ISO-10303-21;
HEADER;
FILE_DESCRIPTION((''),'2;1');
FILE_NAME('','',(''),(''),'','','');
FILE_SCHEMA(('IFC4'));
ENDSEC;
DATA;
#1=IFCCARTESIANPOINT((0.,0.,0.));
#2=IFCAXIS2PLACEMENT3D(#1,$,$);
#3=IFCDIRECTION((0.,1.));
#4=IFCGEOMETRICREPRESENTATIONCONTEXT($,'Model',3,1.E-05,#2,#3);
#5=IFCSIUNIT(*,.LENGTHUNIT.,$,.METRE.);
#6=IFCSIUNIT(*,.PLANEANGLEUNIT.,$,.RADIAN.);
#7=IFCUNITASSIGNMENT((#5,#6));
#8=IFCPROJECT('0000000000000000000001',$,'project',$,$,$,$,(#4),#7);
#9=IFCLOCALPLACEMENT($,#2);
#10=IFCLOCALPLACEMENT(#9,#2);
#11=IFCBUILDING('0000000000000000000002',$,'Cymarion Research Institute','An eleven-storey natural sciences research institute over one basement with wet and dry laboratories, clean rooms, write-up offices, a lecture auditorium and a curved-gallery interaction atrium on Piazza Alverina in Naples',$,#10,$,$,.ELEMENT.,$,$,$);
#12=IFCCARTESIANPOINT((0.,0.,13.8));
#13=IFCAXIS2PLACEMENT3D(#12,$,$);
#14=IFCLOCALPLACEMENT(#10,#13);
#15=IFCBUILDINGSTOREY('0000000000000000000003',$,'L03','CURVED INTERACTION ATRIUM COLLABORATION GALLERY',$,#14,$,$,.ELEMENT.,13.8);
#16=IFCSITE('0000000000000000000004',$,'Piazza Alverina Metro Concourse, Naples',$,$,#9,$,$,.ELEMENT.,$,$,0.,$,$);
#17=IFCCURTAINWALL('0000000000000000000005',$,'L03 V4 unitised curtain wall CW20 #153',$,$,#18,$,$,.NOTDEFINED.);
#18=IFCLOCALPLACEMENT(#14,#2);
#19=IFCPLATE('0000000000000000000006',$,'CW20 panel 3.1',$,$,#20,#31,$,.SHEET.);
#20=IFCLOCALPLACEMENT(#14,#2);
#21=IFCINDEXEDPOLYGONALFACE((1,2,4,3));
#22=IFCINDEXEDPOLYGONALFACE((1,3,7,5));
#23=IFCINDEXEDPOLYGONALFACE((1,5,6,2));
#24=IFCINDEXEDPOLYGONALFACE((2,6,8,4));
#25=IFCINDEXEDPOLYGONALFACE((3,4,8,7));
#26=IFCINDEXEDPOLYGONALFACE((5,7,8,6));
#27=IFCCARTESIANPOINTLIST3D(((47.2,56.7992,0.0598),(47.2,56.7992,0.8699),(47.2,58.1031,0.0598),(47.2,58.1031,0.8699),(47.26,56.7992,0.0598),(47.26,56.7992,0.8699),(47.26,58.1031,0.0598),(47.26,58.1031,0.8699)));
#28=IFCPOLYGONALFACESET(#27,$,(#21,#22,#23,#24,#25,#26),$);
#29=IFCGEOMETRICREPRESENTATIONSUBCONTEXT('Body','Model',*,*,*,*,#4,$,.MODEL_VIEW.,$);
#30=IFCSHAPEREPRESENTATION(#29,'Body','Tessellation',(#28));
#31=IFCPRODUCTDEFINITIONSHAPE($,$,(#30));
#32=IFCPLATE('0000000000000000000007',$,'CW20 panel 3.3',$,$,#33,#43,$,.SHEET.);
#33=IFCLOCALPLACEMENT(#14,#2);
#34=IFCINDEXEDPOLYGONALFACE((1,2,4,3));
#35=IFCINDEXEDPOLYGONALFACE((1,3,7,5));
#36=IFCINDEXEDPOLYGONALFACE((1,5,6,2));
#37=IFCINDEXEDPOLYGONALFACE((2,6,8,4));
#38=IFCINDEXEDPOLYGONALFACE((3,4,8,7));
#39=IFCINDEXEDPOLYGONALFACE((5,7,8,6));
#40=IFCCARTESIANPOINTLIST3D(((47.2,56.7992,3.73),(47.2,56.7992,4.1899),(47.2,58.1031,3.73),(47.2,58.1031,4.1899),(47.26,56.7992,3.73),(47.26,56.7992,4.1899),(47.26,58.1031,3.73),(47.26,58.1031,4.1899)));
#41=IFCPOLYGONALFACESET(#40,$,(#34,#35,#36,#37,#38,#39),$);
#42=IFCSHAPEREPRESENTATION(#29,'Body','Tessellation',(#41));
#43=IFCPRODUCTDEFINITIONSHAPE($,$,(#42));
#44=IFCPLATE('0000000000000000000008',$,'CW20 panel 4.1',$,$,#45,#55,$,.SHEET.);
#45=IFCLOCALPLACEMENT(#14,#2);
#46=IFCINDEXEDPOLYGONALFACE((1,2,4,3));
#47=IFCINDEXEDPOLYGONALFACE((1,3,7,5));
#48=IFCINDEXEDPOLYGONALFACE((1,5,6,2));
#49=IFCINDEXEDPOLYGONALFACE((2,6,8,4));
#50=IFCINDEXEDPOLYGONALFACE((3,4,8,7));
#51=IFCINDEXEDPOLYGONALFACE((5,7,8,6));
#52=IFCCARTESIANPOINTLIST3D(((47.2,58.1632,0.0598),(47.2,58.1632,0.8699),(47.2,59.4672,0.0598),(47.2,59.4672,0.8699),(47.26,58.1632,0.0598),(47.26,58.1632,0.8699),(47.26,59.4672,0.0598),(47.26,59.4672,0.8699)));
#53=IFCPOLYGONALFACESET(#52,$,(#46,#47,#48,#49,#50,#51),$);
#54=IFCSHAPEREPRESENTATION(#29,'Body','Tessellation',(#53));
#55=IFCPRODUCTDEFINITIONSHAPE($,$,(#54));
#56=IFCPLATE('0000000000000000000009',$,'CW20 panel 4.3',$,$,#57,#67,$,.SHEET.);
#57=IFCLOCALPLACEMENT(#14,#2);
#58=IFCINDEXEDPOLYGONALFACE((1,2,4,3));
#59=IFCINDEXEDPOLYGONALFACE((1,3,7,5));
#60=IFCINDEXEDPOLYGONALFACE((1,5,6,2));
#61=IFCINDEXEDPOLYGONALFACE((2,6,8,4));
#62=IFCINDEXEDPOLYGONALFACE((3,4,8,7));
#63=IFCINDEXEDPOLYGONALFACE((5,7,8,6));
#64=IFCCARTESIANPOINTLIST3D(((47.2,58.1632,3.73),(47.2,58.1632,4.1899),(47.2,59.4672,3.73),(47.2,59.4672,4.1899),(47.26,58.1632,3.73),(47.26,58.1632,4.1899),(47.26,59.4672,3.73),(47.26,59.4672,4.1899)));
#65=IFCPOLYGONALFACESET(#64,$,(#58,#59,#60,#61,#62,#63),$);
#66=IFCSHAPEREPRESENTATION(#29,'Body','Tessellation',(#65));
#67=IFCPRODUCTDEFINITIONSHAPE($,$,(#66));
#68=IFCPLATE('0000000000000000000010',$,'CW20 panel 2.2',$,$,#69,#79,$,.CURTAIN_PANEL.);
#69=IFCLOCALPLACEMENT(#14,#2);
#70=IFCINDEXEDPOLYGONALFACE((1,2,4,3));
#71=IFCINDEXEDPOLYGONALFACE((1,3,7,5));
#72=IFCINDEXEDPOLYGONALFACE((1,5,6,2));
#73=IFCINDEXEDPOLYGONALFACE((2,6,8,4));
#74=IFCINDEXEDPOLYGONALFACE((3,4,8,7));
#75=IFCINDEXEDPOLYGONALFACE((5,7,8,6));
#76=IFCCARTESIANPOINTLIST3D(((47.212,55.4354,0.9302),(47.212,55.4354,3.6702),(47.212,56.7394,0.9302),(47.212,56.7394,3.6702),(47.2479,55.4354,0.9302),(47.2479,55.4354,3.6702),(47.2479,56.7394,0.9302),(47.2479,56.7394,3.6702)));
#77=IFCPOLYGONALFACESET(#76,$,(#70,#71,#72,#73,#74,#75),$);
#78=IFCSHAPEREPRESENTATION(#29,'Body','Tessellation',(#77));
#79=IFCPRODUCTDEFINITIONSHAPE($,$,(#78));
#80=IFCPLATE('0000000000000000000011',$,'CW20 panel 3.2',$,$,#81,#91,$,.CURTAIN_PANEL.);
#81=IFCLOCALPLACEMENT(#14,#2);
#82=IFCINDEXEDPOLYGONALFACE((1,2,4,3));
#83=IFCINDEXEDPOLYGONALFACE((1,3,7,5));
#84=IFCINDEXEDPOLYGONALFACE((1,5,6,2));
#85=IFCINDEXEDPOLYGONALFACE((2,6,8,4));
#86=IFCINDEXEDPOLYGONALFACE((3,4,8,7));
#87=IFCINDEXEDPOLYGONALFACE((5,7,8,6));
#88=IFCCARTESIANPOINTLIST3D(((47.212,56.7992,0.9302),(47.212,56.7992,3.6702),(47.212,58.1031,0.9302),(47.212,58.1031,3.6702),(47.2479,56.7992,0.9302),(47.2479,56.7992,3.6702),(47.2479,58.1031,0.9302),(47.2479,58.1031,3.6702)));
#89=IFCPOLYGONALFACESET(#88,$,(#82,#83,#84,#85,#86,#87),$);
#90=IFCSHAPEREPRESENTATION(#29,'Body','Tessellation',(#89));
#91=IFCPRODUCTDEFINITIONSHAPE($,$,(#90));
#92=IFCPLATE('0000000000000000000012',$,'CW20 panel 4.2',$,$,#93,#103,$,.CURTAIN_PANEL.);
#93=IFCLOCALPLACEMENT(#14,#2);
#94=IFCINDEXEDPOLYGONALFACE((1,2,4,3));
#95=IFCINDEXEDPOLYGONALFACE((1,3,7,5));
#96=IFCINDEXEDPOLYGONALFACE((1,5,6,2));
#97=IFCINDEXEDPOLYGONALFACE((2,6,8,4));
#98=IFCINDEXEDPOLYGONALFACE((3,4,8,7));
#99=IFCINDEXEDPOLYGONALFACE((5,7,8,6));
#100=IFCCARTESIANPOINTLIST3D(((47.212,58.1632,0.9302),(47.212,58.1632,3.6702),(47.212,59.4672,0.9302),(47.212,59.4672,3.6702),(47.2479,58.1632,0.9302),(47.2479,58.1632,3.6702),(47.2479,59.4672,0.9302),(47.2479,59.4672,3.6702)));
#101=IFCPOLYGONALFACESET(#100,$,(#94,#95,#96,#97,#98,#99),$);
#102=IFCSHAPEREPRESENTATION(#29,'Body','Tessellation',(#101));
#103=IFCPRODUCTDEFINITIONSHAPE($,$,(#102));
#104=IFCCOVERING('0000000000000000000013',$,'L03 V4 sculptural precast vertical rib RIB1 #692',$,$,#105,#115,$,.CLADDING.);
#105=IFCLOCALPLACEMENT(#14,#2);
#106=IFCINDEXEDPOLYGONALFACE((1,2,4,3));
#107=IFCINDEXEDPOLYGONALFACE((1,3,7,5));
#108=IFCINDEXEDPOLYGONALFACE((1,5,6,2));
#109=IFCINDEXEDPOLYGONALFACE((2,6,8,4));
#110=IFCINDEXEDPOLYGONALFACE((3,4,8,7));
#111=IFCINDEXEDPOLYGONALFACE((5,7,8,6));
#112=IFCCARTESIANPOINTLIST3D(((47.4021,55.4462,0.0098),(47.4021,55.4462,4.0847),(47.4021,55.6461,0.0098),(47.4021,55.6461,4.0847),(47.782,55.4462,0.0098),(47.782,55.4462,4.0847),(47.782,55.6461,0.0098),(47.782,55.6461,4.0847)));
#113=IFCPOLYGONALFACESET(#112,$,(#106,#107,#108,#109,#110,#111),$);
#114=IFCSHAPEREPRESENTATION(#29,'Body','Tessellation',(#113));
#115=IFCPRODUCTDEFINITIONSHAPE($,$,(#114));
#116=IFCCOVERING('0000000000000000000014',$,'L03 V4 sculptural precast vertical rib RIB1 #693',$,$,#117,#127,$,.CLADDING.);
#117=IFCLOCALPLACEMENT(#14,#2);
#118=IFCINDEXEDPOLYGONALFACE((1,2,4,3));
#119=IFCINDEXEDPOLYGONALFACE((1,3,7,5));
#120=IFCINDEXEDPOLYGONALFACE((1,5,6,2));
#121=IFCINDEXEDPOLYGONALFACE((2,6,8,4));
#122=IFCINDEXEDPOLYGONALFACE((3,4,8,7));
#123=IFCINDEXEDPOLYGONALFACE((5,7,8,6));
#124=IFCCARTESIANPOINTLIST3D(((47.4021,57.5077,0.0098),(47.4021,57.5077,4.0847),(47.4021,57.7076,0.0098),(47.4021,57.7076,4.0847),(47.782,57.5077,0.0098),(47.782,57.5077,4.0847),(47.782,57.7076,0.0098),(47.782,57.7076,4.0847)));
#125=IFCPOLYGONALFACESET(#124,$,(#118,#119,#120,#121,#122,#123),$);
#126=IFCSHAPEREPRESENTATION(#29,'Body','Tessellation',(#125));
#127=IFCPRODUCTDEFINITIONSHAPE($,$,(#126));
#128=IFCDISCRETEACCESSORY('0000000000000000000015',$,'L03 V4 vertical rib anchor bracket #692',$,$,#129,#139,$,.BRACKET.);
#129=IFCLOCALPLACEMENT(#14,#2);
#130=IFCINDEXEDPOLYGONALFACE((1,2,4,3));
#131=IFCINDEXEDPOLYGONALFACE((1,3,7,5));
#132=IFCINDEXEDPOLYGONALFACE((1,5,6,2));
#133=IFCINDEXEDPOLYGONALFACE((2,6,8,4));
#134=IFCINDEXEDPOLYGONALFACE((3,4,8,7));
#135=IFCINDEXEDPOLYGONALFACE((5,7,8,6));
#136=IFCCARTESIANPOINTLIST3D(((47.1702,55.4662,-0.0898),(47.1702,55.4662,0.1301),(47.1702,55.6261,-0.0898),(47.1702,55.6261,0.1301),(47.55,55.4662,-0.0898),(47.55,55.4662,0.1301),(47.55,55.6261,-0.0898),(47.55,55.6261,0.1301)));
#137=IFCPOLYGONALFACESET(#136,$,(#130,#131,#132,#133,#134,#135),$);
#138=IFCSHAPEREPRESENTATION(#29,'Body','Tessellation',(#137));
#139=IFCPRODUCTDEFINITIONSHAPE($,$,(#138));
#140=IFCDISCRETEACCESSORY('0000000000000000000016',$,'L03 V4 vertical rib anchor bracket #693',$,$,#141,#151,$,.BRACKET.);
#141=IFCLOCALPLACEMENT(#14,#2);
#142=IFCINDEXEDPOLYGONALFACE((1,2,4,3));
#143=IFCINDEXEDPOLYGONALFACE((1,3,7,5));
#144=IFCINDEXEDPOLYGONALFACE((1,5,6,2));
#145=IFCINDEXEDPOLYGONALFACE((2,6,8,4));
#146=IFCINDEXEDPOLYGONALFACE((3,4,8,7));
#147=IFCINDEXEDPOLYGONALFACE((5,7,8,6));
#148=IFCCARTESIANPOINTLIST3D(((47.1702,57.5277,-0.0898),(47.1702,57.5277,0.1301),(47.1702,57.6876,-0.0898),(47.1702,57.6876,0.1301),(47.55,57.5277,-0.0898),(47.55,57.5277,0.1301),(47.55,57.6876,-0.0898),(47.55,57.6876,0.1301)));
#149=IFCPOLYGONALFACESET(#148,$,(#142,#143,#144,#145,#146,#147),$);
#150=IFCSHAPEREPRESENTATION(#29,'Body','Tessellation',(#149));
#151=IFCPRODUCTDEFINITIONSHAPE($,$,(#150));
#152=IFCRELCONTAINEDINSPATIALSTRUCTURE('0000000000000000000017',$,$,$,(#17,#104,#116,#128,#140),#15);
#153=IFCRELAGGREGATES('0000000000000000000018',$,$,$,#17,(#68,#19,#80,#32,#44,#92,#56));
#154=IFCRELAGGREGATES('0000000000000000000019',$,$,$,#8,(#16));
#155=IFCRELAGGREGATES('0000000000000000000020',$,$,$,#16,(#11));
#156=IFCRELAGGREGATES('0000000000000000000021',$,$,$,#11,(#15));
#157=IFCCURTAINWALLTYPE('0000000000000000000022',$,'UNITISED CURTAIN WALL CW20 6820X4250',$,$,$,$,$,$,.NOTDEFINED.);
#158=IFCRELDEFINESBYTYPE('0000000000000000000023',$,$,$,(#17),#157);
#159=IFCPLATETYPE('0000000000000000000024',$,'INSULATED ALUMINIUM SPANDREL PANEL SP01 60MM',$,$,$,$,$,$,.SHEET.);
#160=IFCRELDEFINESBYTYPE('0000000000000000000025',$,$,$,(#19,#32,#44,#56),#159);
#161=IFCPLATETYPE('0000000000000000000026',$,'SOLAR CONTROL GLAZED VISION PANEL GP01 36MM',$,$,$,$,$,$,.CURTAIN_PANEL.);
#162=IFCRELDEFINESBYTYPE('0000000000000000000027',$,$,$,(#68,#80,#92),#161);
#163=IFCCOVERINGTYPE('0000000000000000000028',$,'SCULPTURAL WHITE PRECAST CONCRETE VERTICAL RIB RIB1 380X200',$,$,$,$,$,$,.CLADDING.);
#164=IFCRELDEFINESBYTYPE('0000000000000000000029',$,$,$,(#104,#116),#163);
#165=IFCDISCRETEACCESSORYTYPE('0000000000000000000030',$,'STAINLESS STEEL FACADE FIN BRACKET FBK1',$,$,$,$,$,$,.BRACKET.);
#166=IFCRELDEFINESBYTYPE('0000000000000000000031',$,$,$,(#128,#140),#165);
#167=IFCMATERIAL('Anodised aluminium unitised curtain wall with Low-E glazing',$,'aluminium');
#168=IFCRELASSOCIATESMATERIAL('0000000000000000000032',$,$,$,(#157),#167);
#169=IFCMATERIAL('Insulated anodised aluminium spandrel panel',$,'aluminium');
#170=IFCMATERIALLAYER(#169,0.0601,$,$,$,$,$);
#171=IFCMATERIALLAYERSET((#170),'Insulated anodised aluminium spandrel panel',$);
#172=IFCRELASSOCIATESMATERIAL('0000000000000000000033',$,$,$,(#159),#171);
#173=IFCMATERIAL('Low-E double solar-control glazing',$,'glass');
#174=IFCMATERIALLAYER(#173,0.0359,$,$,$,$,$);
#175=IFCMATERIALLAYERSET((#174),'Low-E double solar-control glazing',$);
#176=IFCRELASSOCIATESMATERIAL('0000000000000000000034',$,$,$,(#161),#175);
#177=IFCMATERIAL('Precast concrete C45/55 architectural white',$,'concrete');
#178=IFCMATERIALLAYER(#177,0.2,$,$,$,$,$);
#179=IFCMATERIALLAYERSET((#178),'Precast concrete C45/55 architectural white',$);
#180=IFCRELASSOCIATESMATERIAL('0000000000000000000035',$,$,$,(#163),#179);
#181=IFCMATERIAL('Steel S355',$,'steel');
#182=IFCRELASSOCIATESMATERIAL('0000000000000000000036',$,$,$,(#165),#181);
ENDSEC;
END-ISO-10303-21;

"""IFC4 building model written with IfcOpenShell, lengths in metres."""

from ifc_helpers import new_model, si_unit, direction, frame, origin, origin_2d, place, context, subcontext, project, spatial, rectangle, extrude, material, layer, layer_set, type_object, element, aggregate, save


model = new_model("IFC4")

# Units and contexts
model_context = context("Model", 3, precision=1e-05, world=origin(), true_north=direction((0.0, 1.0)))
body_context = subcontext(model_context, "Body", "Model", "MODEL_VIEW")
ifc_project = project(units=[si_unit("LENGTHUNIT", "METRE"), si_unit("PLANEANGLEUNIT", "RADIAN")], contexts=[model_context])

# Site, building, storey
site_placement = place(None, origin())
site = spatial("IfcSite", under=ifc_project, at=site_placement, Name="Piazza Alverina Metro Concourse, Naples", CompositionType="ELEMENT", RefElevation=0.0)
building_placement = place(site_placement, origin())
building = spatial("IfcBuilding", under=site, at=building_placement, Name="Cymarion Research Institute", Description="An eleven-storey natural sciences research institute over one basement with wet and dry laboratories, clean rooms, write-up offices, a lecture auditorium and a curved-gallery interaction atrium on Piazza Alverina in Naples", CompositionType="ELEMENT")
storey_placement = place(building_placement, frame((0.0, 0.0, 13.8)))
storey = spatial("IfcBuildingStorey", under=building, at=storey_placement, Name="L03", Description="CURVED INTERACTION ATRIUM COLLABORATION GALLERY", CompositionType="ELEMENT", Elevation=13.8)

# Curtain wall, plates
ifc_material_1 = material(Name="Anodised aluminium unitised curtain wall with Low-E glazing", Category="aluminium")
curtain_wall_type = type_object("IfcCurtainWallType", Name="UNITISED CURTAIN WALL CW20 6820X4250", PredefinedType="NOTDEFINED", material=ifc_material_1)
curtain_wall_placement = place(storey_placement, origin())
curtain_wall = element("IfcCurtainWall", 1, at=curtain_wall_placement, inside=storey, type_object=curtain_wall_type, Name="L03 V4 unitised curtain wall CW20 #153", PredefinedType="NOTDEFINED")
ifc_material_2 = material(Name="Insulated anodised aluminium spandrel panel", Category="aluminium")
ifc_layer_1 = layer(ifc_material_2, 0.0601)
ifc_layer_set_1 = layer_set([ifc_layer_1], Name="Insulated anodised aluminium spandrel panel")
plate_type_1 = type_object("IfcPlateType", Name="INSULATED ALUMINIUM SPANDREL PANEL SP01 60MM", PredefinedType="SHEET", material=ifc_layer_set_1)
plate_1_placement = place(storey_placement, frame((47.23, 57.4512, 0.0598), z_axis=(0.0, 0.0, 1.0), x_axis=(0.0, 1.0, 0.0)))
plate_1 = element("IfcPlate", 2, at=plate_1_placement, type_object=plate_type_1, Name="CW20 panel 3.1", PredefinedType="SHEET", context=body_context, shape_type="SweptSolid", body=[
    extrude(rectangle(XDim=1.304, YDim=0.0601, at=origin_2d()), origin(), (0.0, 0.0, 1.0), 0.8101),
])
plate_2_placement = place(storey_placement, frame((47.23, 57.4512, 3.73), z_axis=(0.0, 0.0, 1.0), x_axis=(0.0, 1.0, 0.0)))
plate_2 = element("IfcPlate", 3, at=plate_2_placement, type_object=plate_type_1, Name="CW20 panel 3.3", PredefinedType="SHEET", context=body_context, shape_type="SweptSolid", body=[
    extrude(rectangle(XDim=1.304, YDim=0.0601, at=origin_2d()), origin(), (0.0, 0.0, 1.0), 0.46),
])
plate_3_placement = place(storey_placement, frame((47.23, 58.8152, 0.0598), z_axis=(0.0, 0.0, 1.0), x_axis=(0.0, 1.0, 0.0)))
plate_3 = element("IfcPlate", 4, at=plate_3_placement, type_object=plate_type_1, Name="CW20 panel 4.1", PredefinedType="SHEET", context=body_context, shape_type="SweptSolid", body=[
    extrude(rectangle(XDim=1.304, YDim=0.0601, at=origin_2d()), origin(), (0.0, 0.0, 1.0), 0.8101),
])
plate_4_placement = place(storey_placement, frame((47.23, 58.8152, 3.73), z_axis=(0.0, 0.0, 1.0), x_axis=(0.0, 1.0, 0.0)))
plate_4 = element("IfcPlate", 5, at=plate_4_placement, type_object=plate_type_1, Name="CW20 panel 4.3", PredefinedType="SHEET", context=body_context, shape_type="SweptSolid", body=[
    extrude(rectangle(XDim=1.304, YDim=0.0601, at=origin_2d()), origin(), (0.0, 0.0, 1.0), 0.46),
])
ifc_material_3 = material(Name="Low-E double solar-control glazing", Category="glass")
ifc_layer_2 = layer(ifc_material_3, 0.0359)
ifc_layer_set_2 = layer_set([ifc_layer_2], Name="Low-E double solar-control glazing")
plate_type_2 = type_object("IfcPlateType", Name="SOLAR CONTROL GLAZED VISION PANEL GP01 36MM", PredefinedType="CURTAIN_PANEL", material=ifc_layer_set_2)
plate_5_placement = place(storey_placement, frame((47.23, 56.0874, 0.9302), z_axis=(0.0, 0.0, 1.0), x_axis=(0.0, 1.0, 0.0)))
plate_5 = element("IfcPlate", 6, at=plate_5_placement, type_object=plate_type_2, Name="CW20 panel 2.2", PredefinedType="CURTAIN_PANEL", context=body_context, shape_type="SweptSolid", body=[
    extrude(rectangle(XDim=1.304, YDim=0.0359, at=origin_2d()), origin(), (0.0, 0.0, 1.0), 2.74),
])
plate_6_placement = place(storey_placement, frame((47.23, 57.4512, 0.9302), z_axis=(0.0, 0.0, 1.0), x_axis=(0.0, 1.0, 0.0)))
plate_6 = element("IfcPlate", 7, at=plate_6_placement, type_object=plate_type_2, Name="CW20 panel 3.2", PredefinedType="CURTAIN_PANEL", context=body_context, shape_type="SweptSolid", body=[
    extrude(rectangle(XDim=1.304, YDim=0.0359, at=origin_2d()), origin(), (0.0, 0.0, 1.0), 2.74),
])
plate_7_placement = place(storey_placement, frame((47.23, 58.8152, 0.9302), z_axis=(0.0, 0.0, 1.0), x_axis=(0.0, 1.0, 0.0)))
plate_7 = element("IfcPlate", 8, at=plate_7_placement, type_object=plate_type_2, Name="CW20 panel 4.2", PredefinedType="CURTAIN_PANEL", context=body_context, shape_type="SweptSolid", body=[
    extrude(rectangle(XDim=1.304, YDim=0.0359, at=origin_2d()), origin(), (0.0, 0.0, 1.0), 2.74),
])
aggregate(curtain_wall, [plate_5, plate_1, plate_6, plate_2, plate_3, plate_7, plate_4])

# Coverings
ifc_material_4 = material(Name="Precast concrete C45/55 architectural white", Category="concrete")
ifc_layer_3 = layer(ifc_material_4, 0.2)
ifc_layer_set_3 = layer_set([ifc_layer_3], Name="Precast concrete C45/55 architectural white")
covering_type = type_object("IfcCoveringType", Name="SCULPTURAL WHITE PRECAST CONCRETE VERTICAL RIB RIB1 380X200", PredefinedType="CLADDING", material=ifc_layer_set_3)
for number, where, z_axis, x_axis, name in (
    (9, (47.592, 55.5461, 0.0098), (0.0, 0.0, 1.0), (1.0, 0.0, 0.0), "L03 V4 sculptural precast vertical rib RIB1 #692"),
    (10, (47.592, 57.6077, 0.0098), (0.0, 0.0, 1.0), (1.0, 0.0, 0.0), "L03 V4 sculptural precast vertical rib RIB1 #693"),
):
    element("IfcCovering", number, at=place(storey_placement, frame(where, z_axis=z_axis, x_axis=x_axis)), inside=storey, type_object=covering_type, Name=name, PredefinedType="CLADDING", context=body_context, shape_type="SweptSolid", body=[
        extrude(rectangle(XDim=0.3799, YDim=0.2, at=origin_2d()), origin(), (0.0, 0.0, 1.0), 4.075),
    ])

# Discrete accessories
ifc_material_5 = material(Name="Steel S355", Category="steel")
discrete_accessory_type = type_object("IfcDiscreteAccessoryType", Name="STAINLESS STEEL FACADE FIN BRACKET FBK1", PredefinedType="BRACKET", material=ifc_material_5)
for number, where, z_axis, x_axis, name in (
    (11, (47.3601, 55.5461, -0.0898), (0.0, 0.0, 1.0), (1.0, 0.0, 0.0), "L03 V4 vertical rib anchor bracket #692"),
    (12, (47.3601, 57.6077, -0.0898), (0.0, 0.0, 1.0), (1.0, 0.0, 0.0), "L03 V4 vertical rib anchor bracket #693"),
):
    element("IfcDiscreteAccessory", number, at=place(storey_placement, frame(where, z_axis=z_axis, x_axis=x_axis)), inside=storey, type_object=discrete_accessory_type, Name=name, PredefinedType="BRACKET", context=body_context, shape_type="SweptSolid", body=[
        extrude(rectangle(XDim=0.3799, YDim=0.1599, at=origin_2d()), origin(), (0.0, 0.0, 1.0), 0.22),
    ])

save(model, "model.ifc")
